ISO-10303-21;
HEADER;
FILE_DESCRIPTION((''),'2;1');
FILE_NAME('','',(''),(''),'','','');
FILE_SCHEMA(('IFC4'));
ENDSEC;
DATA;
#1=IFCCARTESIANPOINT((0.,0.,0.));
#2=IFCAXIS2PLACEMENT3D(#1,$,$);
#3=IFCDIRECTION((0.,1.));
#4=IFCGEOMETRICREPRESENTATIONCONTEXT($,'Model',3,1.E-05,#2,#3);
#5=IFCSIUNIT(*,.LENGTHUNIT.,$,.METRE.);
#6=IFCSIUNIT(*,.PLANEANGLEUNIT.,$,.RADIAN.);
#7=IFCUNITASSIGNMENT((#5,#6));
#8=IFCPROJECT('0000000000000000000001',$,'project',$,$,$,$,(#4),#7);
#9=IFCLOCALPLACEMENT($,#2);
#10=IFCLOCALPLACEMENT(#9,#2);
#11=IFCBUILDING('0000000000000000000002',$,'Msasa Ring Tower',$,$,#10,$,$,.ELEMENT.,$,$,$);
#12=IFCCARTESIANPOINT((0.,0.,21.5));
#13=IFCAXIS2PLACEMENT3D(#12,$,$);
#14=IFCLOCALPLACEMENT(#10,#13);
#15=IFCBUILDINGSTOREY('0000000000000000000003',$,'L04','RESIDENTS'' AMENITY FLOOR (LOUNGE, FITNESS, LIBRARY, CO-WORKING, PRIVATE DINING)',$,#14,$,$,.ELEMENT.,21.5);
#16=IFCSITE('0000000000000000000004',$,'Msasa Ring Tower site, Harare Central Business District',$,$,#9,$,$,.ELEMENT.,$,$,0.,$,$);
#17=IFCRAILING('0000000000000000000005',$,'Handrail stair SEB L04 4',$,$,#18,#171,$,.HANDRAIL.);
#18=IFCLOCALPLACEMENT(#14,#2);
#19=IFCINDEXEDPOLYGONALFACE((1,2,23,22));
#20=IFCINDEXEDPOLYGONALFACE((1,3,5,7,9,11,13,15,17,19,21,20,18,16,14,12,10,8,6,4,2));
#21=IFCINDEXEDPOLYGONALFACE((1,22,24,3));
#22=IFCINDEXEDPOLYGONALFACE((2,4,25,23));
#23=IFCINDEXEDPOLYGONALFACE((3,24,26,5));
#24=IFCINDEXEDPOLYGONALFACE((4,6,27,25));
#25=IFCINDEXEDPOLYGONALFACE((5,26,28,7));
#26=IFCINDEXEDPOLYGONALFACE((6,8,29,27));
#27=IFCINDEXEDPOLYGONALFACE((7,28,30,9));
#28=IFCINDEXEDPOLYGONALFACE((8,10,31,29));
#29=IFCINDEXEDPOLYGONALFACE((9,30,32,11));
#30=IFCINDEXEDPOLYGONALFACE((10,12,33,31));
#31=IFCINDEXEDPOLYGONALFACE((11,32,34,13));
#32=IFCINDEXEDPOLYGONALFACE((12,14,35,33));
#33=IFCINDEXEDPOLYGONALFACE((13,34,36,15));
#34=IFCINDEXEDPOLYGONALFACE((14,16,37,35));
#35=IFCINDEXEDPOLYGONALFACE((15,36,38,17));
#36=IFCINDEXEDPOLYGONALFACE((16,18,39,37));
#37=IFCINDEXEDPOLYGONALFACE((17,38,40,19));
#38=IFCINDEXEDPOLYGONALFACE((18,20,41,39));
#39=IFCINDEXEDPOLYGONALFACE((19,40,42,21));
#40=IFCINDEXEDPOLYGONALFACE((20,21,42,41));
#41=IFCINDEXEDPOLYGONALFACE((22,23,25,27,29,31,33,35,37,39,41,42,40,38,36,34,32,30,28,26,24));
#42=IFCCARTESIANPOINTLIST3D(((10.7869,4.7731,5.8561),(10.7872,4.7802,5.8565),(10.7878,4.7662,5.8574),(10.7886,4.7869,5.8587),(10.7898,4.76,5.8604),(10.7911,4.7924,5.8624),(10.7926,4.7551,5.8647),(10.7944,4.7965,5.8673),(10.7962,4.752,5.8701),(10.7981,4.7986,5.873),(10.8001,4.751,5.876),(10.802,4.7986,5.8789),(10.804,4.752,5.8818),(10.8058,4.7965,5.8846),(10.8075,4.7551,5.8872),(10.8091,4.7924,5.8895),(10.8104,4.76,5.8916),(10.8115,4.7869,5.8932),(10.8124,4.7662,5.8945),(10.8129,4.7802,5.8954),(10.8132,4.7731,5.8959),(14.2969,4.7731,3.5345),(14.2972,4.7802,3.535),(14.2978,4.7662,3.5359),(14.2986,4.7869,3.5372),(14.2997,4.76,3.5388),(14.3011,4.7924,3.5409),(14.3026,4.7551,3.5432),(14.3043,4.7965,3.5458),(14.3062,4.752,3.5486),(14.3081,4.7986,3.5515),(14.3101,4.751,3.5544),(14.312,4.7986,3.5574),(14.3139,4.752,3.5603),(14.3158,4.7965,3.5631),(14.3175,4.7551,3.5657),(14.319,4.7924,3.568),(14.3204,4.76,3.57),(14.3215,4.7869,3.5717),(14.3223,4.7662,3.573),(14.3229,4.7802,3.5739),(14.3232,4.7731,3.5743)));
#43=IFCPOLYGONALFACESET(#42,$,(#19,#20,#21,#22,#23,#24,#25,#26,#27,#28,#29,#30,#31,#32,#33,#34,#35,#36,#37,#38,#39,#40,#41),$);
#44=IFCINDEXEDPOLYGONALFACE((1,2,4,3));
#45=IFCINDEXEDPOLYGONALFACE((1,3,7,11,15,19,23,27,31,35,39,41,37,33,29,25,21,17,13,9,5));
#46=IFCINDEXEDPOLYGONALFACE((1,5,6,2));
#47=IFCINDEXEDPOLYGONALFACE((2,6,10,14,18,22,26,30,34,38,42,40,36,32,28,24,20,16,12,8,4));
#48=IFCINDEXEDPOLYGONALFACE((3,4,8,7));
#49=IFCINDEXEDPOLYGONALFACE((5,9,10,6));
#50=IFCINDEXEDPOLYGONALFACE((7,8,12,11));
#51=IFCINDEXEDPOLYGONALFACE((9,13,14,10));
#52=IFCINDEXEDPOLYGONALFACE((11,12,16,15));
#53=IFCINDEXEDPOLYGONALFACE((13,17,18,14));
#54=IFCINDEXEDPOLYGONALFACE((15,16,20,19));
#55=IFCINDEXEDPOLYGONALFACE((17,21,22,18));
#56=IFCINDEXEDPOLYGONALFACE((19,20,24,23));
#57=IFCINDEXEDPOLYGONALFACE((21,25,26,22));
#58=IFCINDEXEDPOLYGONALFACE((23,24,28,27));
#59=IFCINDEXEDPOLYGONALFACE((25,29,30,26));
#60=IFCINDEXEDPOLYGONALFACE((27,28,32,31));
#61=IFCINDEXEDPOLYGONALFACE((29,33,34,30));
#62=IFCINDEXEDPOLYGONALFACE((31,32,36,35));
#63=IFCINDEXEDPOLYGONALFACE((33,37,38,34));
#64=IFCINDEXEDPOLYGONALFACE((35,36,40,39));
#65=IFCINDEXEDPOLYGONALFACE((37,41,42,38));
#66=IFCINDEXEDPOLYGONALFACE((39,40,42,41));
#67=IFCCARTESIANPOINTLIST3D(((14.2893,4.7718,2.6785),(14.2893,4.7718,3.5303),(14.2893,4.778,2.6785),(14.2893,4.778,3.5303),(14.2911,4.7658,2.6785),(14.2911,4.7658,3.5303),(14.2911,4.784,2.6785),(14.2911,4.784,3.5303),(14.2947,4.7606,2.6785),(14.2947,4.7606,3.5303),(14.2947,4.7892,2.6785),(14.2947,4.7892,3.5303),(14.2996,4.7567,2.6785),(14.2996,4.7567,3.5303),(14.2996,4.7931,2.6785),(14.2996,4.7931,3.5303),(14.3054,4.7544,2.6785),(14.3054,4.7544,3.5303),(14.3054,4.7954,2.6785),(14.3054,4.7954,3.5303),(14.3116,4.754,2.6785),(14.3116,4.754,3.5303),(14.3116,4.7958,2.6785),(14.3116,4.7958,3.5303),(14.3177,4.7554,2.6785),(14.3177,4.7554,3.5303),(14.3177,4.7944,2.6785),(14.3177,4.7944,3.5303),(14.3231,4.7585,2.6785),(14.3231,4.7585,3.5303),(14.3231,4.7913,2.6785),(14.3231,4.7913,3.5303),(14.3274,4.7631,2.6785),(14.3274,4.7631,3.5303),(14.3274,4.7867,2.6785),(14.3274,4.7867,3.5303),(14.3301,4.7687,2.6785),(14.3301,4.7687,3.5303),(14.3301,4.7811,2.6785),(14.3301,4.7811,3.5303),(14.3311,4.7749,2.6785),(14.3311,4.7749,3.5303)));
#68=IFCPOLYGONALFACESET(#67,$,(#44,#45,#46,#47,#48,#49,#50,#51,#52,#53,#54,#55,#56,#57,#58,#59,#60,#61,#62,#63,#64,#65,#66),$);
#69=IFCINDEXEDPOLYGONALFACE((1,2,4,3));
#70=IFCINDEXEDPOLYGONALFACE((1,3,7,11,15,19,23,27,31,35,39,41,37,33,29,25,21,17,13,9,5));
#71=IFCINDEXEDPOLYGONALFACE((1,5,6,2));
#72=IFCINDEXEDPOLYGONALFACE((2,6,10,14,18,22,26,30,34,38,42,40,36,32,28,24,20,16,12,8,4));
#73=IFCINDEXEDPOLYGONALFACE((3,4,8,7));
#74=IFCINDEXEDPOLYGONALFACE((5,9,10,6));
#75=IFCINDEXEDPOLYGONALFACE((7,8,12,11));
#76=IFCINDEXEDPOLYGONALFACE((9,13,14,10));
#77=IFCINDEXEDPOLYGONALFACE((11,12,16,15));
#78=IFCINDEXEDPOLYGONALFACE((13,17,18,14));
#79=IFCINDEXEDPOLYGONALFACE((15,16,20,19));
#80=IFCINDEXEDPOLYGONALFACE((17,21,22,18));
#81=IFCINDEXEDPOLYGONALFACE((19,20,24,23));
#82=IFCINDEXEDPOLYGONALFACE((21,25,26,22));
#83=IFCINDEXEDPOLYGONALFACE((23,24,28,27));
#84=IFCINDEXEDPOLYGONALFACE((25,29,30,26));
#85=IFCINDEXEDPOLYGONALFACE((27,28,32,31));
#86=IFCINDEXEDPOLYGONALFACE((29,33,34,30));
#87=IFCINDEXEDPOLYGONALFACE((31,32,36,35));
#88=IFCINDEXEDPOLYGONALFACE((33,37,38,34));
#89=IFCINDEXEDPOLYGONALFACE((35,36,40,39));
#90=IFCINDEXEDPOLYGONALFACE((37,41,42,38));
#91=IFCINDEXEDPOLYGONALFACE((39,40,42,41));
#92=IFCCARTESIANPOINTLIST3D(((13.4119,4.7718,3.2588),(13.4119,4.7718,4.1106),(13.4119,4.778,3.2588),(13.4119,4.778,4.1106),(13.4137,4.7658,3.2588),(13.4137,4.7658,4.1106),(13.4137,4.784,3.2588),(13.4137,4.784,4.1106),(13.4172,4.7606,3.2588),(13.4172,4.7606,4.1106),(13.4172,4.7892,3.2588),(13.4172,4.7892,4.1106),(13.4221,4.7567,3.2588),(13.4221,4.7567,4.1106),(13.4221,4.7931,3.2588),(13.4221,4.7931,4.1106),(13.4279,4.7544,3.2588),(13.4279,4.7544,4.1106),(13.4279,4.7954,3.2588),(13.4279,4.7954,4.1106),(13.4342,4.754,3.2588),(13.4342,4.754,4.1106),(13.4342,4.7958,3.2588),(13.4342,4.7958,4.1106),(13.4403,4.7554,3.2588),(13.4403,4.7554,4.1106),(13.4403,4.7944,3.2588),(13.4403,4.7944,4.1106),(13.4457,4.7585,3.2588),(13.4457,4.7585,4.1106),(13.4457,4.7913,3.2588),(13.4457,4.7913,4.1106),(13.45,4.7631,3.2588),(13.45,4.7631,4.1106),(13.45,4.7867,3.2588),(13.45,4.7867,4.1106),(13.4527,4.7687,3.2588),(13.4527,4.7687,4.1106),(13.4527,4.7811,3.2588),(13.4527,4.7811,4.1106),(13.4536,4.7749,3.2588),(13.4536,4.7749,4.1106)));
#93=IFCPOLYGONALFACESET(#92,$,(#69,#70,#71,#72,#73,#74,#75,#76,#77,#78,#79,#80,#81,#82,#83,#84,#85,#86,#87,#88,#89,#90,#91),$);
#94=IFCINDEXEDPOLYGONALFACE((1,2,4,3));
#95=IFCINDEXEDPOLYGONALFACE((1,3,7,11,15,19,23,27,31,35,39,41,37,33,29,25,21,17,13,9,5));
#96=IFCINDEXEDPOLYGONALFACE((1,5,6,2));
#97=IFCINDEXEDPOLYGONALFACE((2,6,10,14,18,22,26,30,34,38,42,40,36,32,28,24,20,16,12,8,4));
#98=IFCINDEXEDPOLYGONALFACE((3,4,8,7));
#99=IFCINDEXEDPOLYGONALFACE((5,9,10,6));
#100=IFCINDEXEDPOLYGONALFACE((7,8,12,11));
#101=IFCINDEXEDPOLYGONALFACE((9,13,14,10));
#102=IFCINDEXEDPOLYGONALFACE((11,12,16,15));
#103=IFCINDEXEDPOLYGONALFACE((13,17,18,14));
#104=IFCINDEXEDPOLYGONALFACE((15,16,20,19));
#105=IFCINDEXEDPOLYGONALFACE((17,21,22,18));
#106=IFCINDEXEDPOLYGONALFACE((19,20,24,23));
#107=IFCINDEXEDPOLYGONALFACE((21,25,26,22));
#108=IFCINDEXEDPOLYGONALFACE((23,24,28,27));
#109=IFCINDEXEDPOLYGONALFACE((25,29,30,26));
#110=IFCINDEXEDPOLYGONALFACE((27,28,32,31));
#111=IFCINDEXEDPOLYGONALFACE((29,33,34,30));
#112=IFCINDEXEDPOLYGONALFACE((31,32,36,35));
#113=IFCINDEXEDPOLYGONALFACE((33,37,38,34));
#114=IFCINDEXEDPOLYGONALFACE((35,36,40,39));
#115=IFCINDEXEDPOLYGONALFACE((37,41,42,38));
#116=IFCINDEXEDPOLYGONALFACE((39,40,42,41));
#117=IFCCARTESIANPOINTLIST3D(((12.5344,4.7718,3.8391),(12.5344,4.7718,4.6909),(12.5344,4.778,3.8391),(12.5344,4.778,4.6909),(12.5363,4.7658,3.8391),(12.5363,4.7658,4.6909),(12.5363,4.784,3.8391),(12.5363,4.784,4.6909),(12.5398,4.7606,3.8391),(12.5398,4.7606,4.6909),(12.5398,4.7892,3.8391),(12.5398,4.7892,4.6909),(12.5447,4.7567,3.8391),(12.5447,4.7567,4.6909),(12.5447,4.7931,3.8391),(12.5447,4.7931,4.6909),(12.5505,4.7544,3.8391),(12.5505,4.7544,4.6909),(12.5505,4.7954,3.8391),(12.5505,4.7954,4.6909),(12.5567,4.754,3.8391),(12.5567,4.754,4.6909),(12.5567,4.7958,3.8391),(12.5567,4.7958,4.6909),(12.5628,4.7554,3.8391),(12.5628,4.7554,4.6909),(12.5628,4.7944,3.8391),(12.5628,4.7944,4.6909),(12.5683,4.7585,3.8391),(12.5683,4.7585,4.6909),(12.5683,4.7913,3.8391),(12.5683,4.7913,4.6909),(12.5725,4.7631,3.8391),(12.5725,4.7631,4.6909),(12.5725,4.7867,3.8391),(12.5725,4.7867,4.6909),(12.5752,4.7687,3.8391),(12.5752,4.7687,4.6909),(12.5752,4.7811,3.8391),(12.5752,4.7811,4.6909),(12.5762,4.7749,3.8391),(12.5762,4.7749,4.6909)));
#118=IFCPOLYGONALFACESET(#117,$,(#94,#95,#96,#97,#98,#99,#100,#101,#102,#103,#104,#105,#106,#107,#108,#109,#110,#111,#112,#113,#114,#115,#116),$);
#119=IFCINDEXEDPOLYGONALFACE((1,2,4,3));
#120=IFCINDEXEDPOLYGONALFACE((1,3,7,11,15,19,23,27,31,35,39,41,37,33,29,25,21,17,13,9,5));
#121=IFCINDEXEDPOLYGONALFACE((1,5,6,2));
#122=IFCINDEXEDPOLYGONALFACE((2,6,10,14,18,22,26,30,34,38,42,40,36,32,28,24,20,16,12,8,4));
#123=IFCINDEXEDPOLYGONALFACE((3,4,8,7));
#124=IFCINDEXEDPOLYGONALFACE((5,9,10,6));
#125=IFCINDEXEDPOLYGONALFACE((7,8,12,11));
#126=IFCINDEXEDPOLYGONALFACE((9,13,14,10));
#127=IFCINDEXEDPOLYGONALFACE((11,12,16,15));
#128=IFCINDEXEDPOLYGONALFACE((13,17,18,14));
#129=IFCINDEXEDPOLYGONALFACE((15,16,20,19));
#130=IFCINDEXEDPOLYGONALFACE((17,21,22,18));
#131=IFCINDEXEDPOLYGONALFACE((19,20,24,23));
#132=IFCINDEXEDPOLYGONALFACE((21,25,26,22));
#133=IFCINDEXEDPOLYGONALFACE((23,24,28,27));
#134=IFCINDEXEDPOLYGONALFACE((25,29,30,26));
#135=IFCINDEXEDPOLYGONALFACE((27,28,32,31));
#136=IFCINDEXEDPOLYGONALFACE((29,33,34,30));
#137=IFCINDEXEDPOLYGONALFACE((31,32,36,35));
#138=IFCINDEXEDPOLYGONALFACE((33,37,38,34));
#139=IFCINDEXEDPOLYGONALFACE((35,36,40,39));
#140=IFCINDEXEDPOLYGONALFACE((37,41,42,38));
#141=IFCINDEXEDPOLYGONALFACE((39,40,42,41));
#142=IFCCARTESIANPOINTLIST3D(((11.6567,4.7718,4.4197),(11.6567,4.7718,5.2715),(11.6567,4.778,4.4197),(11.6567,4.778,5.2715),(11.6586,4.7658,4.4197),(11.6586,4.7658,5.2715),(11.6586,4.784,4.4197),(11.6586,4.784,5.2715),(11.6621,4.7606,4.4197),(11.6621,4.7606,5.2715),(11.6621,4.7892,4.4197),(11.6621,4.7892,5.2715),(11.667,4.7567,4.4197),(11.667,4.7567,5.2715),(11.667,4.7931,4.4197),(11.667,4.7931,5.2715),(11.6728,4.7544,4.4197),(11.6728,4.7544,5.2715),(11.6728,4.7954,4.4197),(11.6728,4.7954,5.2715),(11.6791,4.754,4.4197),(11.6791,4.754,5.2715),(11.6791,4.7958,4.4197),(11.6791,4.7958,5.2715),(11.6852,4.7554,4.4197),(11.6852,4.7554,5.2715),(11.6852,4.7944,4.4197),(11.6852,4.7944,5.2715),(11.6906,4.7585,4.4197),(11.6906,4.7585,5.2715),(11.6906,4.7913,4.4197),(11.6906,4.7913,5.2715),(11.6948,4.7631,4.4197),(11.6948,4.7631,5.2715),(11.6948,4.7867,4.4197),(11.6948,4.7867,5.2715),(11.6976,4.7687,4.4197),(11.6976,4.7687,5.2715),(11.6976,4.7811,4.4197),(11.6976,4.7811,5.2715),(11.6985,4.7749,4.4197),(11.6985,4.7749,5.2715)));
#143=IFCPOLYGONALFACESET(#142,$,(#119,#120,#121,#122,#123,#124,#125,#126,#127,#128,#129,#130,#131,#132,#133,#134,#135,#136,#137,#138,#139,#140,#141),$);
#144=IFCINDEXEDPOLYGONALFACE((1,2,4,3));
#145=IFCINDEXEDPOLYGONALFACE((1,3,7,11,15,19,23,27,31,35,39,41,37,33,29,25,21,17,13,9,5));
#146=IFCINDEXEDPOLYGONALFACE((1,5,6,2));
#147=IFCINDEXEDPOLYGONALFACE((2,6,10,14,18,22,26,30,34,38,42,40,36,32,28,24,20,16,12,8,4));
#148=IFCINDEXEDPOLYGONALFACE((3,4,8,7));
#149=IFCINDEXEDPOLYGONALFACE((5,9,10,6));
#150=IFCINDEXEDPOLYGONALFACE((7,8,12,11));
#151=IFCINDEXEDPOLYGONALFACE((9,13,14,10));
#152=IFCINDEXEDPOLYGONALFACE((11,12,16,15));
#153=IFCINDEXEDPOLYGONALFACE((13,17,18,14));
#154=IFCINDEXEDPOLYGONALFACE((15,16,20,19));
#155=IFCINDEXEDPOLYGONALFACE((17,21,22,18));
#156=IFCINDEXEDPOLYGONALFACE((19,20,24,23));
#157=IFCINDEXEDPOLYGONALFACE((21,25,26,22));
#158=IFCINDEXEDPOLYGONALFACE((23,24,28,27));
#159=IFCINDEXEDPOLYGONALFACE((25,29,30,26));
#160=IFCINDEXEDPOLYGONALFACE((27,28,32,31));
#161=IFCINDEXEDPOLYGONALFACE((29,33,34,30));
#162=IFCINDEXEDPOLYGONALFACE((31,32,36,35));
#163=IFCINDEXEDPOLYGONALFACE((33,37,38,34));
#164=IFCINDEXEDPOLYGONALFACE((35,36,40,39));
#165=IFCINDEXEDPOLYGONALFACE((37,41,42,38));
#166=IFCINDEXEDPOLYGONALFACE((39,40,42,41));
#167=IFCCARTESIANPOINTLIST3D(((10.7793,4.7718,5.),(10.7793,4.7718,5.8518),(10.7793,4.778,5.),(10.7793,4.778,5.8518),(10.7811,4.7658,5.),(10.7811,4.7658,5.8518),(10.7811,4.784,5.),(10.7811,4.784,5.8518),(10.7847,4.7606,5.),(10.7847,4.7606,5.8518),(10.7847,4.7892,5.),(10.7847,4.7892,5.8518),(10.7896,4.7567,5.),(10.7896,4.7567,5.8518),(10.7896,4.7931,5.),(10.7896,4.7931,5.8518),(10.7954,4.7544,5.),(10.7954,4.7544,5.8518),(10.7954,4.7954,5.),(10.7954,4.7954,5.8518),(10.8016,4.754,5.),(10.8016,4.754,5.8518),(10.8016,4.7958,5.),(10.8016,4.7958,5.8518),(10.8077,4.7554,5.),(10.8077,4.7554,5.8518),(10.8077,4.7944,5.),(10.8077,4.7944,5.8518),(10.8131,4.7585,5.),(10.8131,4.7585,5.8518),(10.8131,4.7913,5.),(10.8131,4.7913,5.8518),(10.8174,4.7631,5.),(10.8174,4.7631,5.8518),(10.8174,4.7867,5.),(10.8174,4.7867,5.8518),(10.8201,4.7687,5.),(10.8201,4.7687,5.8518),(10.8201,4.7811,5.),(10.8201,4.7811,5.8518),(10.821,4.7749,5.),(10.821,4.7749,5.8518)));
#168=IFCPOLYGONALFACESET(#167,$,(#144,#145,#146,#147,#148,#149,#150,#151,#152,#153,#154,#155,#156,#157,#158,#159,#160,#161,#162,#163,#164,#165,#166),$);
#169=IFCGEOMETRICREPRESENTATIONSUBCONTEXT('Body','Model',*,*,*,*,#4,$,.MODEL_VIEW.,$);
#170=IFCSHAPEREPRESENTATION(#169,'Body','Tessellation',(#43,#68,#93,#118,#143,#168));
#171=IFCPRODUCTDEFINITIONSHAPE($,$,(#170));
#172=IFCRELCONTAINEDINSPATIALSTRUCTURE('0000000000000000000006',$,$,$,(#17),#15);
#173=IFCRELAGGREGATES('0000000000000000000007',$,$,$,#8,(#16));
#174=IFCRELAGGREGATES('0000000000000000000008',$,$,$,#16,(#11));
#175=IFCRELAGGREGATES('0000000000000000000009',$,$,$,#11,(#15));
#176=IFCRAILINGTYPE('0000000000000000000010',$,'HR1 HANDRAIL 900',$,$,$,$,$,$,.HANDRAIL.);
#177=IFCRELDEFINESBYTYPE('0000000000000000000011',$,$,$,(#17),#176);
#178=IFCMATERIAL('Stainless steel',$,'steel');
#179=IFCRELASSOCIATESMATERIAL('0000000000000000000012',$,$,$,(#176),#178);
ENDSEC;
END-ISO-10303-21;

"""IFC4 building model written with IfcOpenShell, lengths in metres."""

from ifc_helpers import new_model, si_unit, direction, frame, origin, origin_2d, place, context, subcontext, project, spatial, circle, extrude, material, type_object, element, save


model = new_model("IFC4")

# Units and contexts
model_context = context("Model", 3, precision=1e-05, world=origin(), true_north=direction((0.0, 1.0)))
body_context = subcontext(model_context, "Body", "Model", "MODEL_VIEW")
ifc_project = project(units=[si_unit("LENGTHUNIT", "METRE"), si_unit("PLANEANGLEUNIT", "RADIAN")], contexts=[model_context])

# Site, building, storey
site_placement = place(None, origin())
site = spatial("IfcSite", under=ifc_project, at=site_placement, Name="Msasa Ring Tower site, Harare Central Business District", CompositionType="ELEMENT", RefElevation=0.0)
building_placement = place(site_placement, origin())
building = spatial("IfcBuilding", under=site, at=building_placement, Name="Msasa Ring Tower", CompositionType="ELEMENT")
storey_placement = place(building_placement, frame((0.0, 0.0, 21.5)))
storey = spatial("IfcBuildingStorey", under=building, at=storey_placement, Name="L04", Description="RESIDENTS' AMENITY FLOOR (LOUNGE, FITNESS, LIBRARY, CO-WORKING, PRIVATE DINING)", CompositionType="ELEMENT", Elevation=21.5)

# Railing
ifc_material_1 = material(Name="Stainless steel", Category="steel")
railing_type = type_object("IfcRailingType", Name="HR1 HANDRAIL 900", PredefinedType="HANDRAIL", material=ifc_material_1)
for number, where, name in (
    (1, (14.3101, 4.7749, 2.6785), "Handrail stair SEB L04 4"),
):
    element("IfcRailing", number, at=place(storey_placement, frame(where)), inside=storey, type_object=railing_type, Name=name, PredefinedType="HANDRAIL", context=body_context, shape_type="SweptSolid", body=[
        extrude(circle(Radius=0.0239, at=origin_2d()), frame((0.0, 0.0, 0.876), z_axis=(-0.834071, 0.0, 0.551657), x_axis=(0.0, -1.0, 0.0)), (0.0, 0.0, 1.0), 4.2083),
        extrude(circle(Radius=0.021, at=origin_2d()), origin(), (0.0, 0.0, 1.0), 0.8518),
        extrude(circle(Radius=0.021, at=origin_2d()), frame((-0.8774, 0.0, 0.5803)), (0.0, 0.0, 1.0), 0.8518),
        extrude(circle(Radius=0.021, at=origin_2d()), frame((-1.7549, 0.0, 1.1606)), (0.0, 0.0, 1.0), 0.8518),
        extrude(circle(Radius=0.021, at=origin_2d()), frame((-2.6326, 0.0, 1.7412)), (0.0, 0.0, 1.0), 0.8518),
        extrude(circle(Radius=0.021, at=origin_2d()), frame((-3.51, 0.0, 2.3215)), (0.0, 0.0, 1.0), 0.8518),
    ])

save(model, "model.ifc")
